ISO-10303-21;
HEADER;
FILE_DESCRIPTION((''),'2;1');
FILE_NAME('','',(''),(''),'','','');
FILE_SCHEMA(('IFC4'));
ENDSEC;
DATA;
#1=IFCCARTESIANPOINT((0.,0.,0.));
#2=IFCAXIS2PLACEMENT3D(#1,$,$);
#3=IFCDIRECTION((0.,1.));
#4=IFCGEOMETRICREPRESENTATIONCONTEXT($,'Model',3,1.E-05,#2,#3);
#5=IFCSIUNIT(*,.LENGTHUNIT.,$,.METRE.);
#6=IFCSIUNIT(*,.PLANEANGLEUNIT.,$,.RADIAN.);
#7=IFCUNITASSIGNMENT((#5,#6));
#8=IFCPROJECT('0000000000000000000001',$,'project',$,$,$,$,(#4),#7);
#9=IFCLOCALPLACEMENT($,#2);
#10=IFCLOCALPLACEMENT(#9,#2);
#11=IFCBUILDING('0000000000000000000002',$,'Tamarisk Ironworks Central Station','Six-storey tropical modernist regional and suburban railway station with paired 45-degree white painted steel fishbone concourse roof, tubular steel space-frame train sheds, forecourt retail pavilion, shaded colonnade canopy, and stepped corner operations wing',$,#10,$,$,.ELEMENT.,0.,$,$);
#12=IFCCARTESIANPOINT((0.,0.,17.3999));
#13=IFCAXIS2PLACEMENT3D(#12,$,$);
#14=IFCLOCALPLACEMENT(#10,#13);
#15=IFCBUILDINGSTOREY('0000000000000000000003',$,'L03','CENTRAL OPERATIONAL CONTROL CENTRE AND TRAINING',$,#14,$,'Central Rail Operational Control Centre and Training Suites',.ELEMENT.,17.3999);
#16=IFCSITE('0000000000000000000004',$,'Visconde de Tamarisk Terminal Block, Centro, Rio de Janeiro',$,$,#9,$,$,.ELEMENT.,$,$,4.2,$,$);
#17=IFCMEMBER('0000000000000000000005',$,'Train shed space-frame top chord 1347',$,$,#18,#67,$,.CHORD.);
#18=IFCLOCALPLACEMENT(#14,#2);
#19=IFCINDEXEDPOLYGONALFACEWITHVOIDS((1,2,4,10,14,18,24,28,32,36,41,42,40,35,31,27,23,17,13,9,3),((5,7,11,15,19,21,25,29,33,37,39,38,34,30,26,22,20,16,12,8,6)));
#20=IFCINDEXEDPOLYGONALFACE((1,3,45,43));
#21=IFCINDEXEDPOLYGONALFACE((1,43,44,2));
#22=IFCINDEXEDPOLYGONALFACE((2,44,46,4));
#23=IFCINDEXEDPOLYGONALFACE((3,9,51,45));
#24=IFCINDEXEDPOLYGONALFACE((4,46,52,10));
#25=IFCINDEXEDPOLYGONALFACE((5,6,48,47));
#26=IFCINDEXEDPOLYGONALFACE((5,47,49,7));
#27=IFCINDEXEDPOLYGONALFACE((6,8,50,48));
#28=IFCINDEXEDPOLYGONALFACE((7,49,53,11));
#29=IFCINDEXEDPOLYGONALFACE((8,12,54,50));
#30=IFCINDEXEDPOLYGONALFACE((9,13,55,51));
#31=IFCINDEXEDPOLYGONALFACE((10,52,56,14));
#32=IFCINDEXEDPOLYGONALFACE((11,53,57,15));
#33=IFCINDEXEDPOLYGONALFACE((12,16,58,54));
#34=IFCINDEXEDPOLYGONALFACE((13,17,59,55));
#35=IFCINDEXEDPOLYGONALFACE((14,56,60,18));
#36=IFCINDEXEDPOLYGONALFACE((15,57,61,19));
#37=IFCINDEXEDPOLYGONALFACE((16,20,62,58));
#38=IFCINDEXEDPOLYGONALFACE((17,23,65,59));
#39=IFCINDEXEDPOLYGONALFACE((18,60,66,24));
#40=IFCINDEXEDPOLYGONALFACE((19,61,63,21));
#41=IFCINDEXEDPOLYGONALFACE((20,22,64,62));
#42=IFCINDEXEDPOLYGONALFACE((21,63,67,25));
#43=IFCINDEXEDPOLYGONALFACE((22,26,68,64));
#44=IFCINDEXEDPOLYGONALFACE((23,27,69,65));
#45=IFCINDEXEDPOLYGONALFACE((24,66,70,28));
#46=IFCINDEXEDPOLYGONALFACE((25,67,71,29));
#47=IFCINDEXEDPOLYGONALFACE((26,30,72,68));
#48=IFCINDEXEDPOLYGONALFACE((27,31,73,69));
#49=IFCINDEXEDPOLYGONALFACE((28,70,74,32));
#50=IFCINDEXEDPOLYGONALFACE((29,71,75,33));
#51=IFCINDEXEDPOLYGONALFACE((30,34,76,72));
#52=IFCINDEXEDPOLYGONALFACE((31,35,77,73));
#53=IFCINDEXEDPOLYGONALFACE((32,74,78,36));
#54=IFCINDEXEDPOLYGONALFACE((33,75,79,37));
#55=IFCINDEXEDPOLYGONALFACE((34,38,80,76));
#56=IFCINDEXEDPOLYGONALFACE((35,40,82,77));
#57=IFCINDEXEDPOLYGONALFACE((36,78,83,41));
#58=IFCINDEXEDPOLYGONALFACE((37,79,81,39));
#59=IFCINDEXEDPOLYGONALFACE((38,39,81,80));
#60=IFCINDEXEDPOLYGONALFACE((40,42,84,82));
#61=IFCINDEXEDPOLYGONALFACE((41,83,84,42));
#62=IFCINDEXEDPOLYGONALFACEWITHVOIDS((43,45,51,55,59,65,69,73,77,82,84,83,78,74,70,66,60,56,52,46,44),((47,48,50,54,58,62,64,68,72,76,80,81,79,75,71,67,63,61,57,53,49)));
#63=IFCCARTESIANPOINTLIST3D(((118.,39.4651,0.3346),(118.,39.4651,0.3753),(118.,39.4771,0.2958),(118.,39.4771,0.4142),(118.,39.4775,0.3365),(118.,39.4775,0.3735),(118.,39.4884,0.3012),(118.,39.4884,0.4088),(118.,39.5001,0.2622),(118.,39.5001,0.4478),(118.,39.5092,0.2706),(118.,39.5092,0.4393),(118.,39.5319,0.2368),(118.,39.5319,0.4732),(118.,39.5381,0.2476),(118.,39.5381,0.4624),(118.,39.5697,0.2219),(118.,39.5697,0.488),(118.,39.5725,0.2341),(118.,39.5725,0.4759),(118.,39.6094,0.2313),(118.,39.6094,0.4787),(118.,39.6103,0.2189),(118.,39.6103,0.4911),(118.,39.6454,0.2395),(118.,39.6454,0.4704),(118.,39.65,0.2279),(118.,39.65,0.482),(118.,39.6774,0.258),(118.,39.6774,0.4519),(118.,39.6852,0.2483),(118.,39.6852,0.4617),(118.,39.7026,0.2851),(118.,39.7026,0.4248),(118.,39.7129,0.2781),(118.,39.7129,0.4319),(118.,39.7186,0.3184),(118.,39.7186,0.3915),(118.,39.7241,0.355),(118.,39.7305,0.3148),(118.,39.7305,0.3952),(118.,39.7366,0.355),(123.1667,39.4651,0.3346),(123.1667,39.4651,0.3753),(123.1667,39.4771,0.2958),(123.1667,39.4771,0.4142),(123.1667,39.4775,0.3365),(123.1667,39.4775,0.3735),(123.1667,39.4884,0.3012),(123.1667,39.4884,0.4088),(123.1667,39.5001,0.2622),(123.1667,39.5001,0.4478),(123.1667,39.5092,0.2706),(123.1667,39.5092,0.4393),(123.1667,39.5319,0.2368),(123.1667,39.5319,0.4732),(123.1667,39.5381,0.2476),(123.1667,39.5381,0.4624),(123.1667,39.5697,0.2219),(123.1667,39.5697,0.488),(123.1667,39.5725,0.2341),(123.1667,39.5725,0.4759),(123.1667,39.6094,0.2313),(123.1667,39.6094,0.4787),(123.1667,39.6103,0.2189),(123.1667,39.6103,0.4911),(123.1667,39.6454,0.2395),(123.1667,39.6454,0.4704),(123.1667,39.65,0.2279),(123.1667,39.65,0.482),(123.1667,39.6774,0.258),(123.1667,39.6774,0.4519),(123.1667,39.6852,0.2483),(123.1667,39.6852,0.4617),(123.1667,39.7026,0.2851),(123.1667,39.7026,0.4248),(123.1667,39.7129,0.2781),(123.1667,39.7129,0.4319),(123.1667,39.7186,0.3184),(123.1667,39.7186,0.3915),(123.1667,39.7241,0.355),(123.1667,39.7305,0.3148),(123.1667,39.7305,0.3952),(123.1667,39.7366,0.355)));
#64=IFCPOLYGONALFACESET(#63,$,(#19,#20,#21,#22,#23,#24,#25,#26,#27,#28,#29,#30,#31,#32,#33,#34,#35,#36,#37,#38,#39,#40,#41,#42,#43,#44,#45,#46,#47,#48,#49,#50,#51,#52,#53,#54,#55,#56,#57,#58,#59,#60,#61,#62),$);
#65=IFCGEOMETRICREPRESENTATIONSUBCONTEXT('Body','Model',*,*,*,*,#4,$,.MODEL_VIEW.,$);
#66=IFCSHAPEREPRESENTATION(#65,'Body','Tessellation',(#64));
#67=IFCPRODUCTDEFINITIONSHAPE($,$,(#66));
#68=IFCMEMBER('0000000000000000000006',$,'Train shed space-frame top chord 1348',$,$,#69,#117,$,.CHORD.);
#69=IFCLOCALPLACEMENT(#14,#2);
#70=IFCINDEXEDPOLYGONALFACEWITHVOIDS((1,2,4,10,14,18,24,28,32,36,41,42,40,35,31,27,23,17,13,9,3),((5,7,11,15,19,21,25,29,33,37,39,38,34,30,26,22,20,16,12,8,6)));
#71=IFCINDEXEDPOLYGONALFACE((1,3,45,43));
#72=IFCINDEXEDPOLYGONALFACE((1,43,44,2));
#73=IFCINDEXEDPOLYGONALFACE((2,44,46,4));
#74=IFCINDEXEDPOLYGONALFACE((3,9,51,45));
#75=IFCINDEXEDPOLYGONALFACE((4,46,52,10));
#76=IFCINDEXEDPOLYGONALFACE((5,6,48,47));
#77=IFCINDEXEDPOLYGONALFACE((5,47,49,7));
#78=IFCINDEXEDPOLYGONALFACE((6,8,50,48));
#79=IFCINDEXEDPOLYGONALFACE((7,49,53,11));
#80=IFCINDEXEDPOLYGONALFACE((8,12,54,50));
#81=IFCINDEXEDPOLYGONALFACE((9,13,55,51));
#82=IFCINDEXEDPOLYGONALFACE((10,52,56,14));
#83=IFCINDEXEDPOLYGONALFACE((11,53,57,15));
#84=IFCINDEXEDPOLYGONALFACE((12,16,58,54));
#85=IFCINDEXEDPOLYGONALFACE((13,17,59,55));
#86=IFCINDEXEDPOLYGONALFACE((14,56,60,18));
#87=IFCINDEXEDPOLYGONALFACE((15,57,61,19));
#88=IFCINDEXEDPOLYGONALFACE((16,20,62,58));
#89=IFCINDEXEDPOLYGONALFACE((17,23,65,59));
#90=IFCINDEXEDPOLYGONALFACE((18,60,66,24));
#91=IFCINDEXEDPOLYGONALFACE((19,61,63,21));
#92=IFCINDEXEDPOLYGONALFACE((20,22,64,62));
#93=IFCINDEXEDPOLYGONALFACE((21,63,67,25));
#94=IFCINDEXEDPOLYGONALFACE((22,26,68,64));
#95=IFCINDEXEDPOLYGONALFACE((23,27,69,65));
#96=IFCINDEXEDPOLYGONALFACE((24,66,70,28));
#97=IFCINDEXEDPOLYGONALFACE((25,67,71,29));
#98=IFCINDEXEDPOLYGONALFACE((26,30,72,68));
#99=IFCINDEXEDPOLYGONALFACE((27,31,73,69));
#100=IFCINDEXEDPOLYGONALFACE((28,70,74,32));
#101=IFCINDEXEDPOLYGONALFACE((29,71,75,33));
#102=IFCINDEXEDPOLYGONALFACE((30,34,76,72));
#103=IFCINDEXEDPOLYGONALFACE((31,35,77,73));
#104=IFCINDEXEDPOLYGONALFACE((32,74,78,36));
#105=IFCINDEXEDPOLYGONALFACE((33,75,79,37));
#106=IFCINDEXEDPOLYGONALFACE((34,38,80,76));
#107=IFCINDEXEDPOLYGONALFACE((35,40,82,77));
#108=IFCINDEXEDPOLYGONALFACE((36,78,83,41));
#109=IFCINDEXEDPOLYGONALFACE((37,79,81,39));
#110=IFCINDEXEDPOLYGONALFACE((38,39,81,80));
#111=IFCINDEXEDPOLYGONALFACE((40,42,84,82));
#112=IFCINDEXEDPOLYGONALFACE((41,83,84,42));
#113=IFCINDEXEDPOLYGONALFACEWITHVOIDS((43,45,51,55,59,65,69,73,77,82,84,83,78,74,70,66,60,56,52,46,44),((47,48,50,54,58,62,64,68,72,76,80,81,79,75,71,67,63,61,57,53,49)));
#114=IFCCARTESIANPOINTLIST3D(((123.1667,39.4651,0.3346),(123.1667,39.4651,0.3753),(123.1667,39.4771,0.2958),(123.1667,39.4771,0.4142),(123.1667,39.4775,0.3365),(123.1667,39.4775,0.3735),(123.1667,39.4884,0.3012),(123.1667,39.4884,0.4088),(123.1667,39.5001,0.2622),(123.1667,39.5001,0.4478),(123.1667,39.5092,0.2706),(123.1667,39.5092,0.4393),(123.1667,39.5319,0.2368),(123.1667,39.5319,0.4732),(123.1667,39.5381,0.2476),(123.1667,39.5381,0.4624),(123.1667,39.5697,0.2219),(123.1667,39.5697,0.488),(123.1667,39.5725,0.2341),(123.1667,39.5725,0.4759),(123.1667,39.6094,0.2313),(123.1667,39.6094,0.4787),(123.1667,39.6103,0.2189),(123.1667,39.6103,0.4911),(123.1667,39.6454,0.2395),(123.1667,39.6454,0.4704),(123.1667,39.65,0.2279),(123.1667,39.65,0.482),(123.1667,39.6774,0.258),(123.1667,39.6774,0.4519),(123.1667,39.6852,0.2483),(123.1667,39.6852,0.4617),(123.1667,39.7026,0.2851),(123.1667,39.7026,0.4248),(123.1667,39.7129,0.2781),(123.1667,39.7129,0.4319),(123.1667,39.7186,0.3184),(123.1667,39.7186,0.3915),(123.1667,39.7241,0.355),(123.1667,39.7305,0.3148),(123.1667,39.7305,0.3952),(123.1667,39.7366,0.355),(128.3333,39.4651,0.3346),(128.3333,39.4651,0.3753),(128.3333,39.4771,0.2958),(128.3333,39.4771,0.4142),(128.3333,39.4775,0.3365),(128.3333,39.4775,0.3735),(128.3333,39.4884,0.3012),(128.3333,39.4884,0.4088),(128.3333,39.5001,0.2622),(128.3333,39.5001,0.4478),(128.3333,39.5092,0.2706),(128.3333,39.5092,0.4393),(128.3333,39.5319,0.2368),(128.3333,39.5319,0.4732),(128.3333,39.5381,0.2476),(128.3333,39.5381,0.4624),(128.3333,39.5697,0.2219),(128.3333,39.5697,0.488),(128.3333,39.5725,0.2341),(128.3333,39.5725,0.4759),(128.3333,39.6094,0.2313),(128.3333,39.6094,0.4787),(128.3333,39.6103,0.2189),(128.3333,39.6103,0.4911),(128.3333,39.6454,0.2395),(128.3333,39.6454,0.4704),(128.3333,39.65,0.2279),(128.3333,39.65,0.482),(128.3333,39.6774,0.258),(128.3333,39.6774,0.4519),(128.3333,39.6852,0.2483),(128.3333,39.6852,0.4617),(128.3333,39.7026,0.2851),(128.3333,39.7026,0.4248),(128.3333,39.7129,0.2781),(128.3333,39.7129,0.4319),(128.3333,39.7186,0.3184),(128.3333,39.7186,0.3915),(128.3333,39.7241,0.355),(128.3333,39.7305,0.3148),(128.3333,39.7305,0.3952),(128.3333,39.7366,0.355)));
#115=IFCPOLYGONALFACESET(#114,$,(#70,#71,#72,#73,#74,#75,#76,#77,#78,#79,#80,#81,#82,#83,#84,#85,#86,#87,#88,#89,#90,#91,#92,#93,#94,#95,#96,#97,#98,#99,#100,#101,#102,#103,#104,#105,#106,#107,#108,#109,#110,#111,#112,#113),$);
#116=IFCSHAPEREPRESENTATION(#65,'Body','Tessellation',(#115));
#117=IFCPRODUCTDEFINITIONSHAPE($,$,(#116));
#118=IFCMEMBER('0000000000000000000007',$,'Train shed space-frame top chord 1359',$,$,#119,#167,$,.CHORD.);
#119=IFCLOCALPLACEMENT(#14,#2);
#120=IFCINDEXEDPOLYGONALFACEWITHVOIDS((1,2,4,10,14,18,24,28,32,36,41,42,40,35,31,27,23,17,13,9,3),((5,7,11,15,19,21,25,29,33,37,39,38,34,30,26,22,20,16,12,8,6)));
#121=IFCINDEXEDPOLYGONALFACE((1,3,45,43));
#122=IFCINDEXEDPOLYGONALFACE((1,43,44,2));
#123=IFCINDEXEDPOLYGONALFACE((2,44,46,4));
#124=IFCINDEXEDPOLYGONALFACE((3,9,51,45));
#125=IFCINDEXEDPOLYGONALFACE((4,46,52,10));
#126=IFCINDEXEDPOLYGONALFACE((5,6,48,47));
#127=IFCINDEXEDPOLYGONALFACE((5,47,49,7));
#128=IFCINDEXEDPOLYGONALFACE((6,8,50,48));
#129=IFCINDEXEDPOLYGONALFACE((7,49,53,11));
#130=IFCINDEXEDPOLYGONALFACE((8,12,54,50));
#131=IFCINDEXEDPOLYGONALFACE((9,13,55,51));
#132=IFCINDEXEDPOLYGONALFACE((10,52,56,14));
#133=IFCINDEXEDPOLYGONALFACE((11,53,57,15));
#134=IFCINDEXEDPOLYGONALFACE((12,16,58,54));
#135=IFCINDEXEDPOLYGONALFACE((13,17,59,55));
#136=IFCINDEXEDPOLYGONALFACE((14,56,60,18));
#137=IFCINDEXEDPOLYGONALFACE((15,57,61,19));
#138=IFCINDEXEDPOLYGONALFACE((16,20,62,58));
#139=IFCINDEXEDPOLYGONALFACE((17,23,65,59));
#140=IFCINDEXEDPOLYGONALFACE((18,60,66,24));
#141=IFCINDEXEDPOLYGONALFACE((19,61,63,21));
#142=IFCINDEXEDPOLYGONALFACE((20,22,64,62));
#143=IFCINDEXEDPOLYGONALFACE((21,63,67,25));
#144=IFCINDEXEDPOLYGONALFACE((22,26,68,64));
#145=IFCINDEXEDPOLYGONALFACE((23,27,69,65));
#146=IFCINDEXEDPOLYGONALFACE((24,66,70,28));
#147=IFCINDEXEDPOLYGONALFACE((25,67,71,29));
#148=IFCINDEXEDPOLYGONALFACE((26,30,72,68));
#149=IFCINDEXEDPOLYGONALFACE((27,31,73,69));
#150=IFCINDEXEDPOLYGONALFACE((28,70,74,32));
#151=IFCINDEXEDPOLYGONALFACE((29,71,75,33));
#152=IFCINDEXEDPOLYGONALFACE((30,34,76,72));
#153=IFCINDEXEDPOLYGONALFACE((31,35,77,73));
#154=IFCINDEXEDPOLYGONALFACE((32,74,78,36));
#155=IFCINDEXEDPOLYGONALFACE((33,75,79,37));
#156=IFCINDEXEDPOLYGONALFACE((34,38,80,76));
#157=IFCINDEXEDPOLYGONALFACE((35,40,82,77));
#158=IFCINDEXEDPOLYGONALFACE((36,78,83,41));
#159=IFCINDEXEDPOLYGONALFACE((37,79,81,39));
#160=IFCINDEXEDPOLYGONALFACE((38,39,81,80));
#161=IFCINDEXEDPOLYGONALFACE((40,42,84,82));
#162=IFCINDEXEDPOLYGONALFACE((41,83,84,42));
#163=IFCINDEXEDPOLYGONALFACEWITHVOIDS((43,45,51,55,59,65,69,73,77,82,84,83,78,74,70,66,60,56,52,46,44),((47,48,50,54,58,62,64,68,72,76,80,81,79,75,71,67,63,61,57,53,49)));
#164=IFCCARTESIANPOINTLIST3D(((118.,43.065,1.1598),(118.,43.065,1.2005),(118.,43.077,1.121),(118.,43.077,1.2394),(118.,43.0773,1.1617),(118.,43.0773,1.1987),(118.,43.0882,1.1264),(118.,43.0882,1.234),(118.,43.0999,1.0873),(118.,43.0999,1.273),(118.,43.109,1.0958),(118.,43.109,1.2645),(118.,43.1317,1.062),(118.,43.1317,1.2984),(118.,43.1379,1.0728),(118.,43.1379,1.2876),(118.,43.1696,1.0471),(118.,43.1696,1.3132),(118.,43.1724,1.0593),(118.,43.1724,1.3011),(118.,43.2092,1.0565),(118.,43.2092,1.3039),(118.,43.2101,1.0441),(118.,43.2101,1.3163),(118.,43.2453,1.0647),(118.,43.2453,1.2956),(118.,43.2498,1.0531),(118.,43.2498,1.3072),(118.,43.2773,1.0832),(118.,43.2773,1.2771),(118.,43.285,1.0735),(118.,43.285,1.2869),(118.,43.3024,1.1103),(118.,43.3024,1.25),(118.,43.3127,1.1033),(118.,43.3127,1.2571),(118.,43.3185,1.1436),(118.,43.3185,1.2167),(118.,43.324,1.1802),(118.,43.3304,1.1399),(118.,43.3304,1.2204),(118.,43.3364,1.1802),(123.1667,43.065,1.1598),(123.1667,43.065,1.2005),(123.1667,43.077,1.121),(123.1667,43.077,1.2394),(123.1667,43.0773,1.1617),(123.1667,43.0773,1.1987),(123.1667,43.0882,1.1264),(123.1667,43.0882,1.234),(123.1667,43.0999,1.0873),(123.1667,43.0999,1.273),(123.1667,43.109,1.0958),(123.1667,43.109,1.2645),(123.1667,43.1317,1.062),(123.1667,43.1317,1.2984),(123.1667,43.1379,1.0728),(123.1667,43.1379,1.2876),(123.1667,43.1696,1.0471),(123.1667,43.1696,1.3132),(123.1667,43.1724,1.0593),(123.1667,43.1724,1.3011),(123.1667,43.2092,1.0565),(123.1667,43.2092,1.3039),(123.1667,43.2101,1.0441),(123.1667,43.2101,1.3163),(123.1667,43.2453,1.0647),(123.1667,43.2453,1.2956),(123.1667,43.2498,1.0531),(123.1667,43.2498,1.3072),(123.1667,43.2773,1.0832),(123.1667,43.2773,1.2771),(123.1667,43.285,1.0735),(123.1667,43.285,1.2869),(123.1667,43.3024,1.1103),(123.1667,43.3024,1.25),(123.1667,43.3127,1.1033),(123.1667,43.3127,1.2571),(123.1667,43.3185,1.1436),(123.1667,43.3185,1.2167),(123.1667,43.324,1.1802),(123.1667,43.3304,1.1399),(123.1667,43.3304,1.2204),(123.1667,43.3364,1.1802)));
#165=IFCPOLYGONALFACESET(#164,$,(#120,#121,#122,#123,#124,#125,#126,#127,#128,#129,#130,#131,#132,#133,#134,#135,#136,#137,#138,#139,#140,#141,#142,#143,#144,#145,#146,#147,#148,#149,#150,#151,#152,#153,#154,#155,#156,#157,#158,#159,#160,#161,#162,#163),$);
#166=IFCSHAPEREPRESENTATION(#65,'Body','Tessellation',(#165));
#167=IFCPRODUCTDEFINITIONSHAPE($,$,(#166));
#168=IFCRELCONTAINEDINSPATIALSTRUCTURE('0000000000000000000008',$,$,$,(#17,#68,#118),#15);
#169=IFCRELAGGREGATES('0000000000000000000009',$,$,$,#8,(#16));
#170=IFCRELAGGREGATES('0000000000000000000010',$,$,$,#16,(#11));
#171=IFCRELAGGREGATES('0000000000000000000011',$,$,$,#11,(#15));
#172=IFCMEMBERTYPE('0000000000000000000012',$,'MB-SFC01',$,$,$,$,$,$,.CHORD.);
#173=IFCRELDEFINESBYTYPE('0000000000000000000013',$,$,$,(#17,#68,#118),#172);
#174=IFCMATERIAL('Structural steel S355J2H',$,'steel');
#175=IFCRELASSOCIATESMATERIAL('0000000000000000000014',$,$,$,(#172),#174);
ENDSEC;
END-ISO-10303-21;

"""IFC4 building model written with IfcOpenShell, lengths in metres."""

from ifc_helpers import new_model, si_unit, direction, frame, origin, origin_2d, place, context, subcontext, project, spatial, hollow_circle, extrude, material, material_profile, profile_set, type_object, element, save


model = new_model("IFC4")

# Units and contexts
model_context = context("Model", 3, precision=1e-05, world=origin(), true_north=direction((0.0, 1.0)))
body_context = subcontext(model_context, "Body", "Model", "MODEL_VIEW")
ifc_project = project(units=[si_unit("LENGTHUNIT", "METRE"), si_unit("PLANEANGLEUNIT", "RADIAN")], contexts=[model_context])

# Site, building, storey
site_placement = place(None, origin())
site = spatial("IfcSite", under=ifc_project, at=site_placement, Name="Visconde de Tamarisk Terminal Block, Centro, Rio de Janeiro", CompositionType="ELEMENT", RefElevation=4.2)
building_placement = place(site_placement, origin())
building = spatial("IfcBuilding", under=site, at=building_placement, Name="Tamarisk Ironworks Central Station", Description="Six-storey tropical modernist regional and suburban railway station with paired 45-degree white painted steel fishbone concourse roof, tubular steel space-frame train sheds, forecourt retail pavilion, shaded colonnade canopy, and stepped corner operations wing", CompositionType="ELEMENT", ElevationOfRefHeight=0.0)
storey_placement = place(building_placement, frame((0.0, 0.0, 17.3999)))
storey = spatial("IfcBuildingStorey", under=building, at=storey_placement, Name="L03", Description="CENTRAL OPERATIONAL CONTROL CENTRE AND TRAINING", LongName="Central Rail Operational Control Centre and Training Suites", CompositionType="ELEMENT", Elevation=17.3999)

# Members
ifc_material_1 = material(Name="Structural steel S355J2H", Category="steel")
ifc_material_profile_1 = material_profile(ifc_material_1, hollow_circle(Radius=0.1365, WallThickness=0.0125, at=origin_2d()), Name="CHS 273x12.5")
ifc_profile_set_1 = profile_set([ifc_material_profile_1], Name="Structural steel S355J2H")
member_type_1 = type_object("IfcMemberType", Name="MB-SFC01", PredefinedType="CHORD", material=ifc_profile_set_1)
member_1_placement = place(storey_placement, frame((118.0, 39.6001, 0.355), z_axis=(1.0, 0.0, 0.0), x_axis=(0.0, 1.0, 0.0)))
element("IfcMember", 1, at=member_1_placement, inside=storey, type_object=member_type_1, Name="Train shed space-frame top chord 1347", PredefinedType="CHORD", context=body_context, shape_type="SweptSolid", body=[
    extrude(hollow_circle(Radius=0.1365, WallThickness=0.0125, at=origin_2d()), origin(), (0.0, 0.0, 1.0), 5.1667),
])
member_2_placement = place(storey_placement, frame((123.1667, 39.6001, 0.355), z_axis=(1.0, 0.0, 0.0), x_axis=(0.0, 1.0, 0.0)))
element("IfcMember", 2, at=member_2_placement, inside=storey, type_object=member_type_1, Name="Train shed space-frame top chord 1348", PredefinedType="CHORD", context=body_context, shape_type="SweptSolid", body=[
    extrude(hollow_circle(Radius=0.1365, WallThickness=0.0125, at=origin_2d()), origin(), (0.0, 0.0, 1.0), 5.1665),
])
for number, where, z_axis, x_axis, name in (
    (3, (118.0, 43.2, 1.1802), (1.0, 0.0, 0.0), (0.0, 1.0, 0.0), "Train shed space-frame top chord 1359"),
):
    element("IfcMember", number, at=place(storey_placement, frame(where, z_axis=z_axis, x_axis=x_axis)), inside=storey, type_object=member_type_1, Name=name, PredefinedType="CHORD", context=body_context, shape_type="SweptSolid", body=[
        extrude(hollow_circle(Radius=0.1365, WallThickness=0.0125, at=origin_2d()), origin(), (0.0, 0.0, 1.0), 5.1667),
    ])

save(model, "model.ifc")
